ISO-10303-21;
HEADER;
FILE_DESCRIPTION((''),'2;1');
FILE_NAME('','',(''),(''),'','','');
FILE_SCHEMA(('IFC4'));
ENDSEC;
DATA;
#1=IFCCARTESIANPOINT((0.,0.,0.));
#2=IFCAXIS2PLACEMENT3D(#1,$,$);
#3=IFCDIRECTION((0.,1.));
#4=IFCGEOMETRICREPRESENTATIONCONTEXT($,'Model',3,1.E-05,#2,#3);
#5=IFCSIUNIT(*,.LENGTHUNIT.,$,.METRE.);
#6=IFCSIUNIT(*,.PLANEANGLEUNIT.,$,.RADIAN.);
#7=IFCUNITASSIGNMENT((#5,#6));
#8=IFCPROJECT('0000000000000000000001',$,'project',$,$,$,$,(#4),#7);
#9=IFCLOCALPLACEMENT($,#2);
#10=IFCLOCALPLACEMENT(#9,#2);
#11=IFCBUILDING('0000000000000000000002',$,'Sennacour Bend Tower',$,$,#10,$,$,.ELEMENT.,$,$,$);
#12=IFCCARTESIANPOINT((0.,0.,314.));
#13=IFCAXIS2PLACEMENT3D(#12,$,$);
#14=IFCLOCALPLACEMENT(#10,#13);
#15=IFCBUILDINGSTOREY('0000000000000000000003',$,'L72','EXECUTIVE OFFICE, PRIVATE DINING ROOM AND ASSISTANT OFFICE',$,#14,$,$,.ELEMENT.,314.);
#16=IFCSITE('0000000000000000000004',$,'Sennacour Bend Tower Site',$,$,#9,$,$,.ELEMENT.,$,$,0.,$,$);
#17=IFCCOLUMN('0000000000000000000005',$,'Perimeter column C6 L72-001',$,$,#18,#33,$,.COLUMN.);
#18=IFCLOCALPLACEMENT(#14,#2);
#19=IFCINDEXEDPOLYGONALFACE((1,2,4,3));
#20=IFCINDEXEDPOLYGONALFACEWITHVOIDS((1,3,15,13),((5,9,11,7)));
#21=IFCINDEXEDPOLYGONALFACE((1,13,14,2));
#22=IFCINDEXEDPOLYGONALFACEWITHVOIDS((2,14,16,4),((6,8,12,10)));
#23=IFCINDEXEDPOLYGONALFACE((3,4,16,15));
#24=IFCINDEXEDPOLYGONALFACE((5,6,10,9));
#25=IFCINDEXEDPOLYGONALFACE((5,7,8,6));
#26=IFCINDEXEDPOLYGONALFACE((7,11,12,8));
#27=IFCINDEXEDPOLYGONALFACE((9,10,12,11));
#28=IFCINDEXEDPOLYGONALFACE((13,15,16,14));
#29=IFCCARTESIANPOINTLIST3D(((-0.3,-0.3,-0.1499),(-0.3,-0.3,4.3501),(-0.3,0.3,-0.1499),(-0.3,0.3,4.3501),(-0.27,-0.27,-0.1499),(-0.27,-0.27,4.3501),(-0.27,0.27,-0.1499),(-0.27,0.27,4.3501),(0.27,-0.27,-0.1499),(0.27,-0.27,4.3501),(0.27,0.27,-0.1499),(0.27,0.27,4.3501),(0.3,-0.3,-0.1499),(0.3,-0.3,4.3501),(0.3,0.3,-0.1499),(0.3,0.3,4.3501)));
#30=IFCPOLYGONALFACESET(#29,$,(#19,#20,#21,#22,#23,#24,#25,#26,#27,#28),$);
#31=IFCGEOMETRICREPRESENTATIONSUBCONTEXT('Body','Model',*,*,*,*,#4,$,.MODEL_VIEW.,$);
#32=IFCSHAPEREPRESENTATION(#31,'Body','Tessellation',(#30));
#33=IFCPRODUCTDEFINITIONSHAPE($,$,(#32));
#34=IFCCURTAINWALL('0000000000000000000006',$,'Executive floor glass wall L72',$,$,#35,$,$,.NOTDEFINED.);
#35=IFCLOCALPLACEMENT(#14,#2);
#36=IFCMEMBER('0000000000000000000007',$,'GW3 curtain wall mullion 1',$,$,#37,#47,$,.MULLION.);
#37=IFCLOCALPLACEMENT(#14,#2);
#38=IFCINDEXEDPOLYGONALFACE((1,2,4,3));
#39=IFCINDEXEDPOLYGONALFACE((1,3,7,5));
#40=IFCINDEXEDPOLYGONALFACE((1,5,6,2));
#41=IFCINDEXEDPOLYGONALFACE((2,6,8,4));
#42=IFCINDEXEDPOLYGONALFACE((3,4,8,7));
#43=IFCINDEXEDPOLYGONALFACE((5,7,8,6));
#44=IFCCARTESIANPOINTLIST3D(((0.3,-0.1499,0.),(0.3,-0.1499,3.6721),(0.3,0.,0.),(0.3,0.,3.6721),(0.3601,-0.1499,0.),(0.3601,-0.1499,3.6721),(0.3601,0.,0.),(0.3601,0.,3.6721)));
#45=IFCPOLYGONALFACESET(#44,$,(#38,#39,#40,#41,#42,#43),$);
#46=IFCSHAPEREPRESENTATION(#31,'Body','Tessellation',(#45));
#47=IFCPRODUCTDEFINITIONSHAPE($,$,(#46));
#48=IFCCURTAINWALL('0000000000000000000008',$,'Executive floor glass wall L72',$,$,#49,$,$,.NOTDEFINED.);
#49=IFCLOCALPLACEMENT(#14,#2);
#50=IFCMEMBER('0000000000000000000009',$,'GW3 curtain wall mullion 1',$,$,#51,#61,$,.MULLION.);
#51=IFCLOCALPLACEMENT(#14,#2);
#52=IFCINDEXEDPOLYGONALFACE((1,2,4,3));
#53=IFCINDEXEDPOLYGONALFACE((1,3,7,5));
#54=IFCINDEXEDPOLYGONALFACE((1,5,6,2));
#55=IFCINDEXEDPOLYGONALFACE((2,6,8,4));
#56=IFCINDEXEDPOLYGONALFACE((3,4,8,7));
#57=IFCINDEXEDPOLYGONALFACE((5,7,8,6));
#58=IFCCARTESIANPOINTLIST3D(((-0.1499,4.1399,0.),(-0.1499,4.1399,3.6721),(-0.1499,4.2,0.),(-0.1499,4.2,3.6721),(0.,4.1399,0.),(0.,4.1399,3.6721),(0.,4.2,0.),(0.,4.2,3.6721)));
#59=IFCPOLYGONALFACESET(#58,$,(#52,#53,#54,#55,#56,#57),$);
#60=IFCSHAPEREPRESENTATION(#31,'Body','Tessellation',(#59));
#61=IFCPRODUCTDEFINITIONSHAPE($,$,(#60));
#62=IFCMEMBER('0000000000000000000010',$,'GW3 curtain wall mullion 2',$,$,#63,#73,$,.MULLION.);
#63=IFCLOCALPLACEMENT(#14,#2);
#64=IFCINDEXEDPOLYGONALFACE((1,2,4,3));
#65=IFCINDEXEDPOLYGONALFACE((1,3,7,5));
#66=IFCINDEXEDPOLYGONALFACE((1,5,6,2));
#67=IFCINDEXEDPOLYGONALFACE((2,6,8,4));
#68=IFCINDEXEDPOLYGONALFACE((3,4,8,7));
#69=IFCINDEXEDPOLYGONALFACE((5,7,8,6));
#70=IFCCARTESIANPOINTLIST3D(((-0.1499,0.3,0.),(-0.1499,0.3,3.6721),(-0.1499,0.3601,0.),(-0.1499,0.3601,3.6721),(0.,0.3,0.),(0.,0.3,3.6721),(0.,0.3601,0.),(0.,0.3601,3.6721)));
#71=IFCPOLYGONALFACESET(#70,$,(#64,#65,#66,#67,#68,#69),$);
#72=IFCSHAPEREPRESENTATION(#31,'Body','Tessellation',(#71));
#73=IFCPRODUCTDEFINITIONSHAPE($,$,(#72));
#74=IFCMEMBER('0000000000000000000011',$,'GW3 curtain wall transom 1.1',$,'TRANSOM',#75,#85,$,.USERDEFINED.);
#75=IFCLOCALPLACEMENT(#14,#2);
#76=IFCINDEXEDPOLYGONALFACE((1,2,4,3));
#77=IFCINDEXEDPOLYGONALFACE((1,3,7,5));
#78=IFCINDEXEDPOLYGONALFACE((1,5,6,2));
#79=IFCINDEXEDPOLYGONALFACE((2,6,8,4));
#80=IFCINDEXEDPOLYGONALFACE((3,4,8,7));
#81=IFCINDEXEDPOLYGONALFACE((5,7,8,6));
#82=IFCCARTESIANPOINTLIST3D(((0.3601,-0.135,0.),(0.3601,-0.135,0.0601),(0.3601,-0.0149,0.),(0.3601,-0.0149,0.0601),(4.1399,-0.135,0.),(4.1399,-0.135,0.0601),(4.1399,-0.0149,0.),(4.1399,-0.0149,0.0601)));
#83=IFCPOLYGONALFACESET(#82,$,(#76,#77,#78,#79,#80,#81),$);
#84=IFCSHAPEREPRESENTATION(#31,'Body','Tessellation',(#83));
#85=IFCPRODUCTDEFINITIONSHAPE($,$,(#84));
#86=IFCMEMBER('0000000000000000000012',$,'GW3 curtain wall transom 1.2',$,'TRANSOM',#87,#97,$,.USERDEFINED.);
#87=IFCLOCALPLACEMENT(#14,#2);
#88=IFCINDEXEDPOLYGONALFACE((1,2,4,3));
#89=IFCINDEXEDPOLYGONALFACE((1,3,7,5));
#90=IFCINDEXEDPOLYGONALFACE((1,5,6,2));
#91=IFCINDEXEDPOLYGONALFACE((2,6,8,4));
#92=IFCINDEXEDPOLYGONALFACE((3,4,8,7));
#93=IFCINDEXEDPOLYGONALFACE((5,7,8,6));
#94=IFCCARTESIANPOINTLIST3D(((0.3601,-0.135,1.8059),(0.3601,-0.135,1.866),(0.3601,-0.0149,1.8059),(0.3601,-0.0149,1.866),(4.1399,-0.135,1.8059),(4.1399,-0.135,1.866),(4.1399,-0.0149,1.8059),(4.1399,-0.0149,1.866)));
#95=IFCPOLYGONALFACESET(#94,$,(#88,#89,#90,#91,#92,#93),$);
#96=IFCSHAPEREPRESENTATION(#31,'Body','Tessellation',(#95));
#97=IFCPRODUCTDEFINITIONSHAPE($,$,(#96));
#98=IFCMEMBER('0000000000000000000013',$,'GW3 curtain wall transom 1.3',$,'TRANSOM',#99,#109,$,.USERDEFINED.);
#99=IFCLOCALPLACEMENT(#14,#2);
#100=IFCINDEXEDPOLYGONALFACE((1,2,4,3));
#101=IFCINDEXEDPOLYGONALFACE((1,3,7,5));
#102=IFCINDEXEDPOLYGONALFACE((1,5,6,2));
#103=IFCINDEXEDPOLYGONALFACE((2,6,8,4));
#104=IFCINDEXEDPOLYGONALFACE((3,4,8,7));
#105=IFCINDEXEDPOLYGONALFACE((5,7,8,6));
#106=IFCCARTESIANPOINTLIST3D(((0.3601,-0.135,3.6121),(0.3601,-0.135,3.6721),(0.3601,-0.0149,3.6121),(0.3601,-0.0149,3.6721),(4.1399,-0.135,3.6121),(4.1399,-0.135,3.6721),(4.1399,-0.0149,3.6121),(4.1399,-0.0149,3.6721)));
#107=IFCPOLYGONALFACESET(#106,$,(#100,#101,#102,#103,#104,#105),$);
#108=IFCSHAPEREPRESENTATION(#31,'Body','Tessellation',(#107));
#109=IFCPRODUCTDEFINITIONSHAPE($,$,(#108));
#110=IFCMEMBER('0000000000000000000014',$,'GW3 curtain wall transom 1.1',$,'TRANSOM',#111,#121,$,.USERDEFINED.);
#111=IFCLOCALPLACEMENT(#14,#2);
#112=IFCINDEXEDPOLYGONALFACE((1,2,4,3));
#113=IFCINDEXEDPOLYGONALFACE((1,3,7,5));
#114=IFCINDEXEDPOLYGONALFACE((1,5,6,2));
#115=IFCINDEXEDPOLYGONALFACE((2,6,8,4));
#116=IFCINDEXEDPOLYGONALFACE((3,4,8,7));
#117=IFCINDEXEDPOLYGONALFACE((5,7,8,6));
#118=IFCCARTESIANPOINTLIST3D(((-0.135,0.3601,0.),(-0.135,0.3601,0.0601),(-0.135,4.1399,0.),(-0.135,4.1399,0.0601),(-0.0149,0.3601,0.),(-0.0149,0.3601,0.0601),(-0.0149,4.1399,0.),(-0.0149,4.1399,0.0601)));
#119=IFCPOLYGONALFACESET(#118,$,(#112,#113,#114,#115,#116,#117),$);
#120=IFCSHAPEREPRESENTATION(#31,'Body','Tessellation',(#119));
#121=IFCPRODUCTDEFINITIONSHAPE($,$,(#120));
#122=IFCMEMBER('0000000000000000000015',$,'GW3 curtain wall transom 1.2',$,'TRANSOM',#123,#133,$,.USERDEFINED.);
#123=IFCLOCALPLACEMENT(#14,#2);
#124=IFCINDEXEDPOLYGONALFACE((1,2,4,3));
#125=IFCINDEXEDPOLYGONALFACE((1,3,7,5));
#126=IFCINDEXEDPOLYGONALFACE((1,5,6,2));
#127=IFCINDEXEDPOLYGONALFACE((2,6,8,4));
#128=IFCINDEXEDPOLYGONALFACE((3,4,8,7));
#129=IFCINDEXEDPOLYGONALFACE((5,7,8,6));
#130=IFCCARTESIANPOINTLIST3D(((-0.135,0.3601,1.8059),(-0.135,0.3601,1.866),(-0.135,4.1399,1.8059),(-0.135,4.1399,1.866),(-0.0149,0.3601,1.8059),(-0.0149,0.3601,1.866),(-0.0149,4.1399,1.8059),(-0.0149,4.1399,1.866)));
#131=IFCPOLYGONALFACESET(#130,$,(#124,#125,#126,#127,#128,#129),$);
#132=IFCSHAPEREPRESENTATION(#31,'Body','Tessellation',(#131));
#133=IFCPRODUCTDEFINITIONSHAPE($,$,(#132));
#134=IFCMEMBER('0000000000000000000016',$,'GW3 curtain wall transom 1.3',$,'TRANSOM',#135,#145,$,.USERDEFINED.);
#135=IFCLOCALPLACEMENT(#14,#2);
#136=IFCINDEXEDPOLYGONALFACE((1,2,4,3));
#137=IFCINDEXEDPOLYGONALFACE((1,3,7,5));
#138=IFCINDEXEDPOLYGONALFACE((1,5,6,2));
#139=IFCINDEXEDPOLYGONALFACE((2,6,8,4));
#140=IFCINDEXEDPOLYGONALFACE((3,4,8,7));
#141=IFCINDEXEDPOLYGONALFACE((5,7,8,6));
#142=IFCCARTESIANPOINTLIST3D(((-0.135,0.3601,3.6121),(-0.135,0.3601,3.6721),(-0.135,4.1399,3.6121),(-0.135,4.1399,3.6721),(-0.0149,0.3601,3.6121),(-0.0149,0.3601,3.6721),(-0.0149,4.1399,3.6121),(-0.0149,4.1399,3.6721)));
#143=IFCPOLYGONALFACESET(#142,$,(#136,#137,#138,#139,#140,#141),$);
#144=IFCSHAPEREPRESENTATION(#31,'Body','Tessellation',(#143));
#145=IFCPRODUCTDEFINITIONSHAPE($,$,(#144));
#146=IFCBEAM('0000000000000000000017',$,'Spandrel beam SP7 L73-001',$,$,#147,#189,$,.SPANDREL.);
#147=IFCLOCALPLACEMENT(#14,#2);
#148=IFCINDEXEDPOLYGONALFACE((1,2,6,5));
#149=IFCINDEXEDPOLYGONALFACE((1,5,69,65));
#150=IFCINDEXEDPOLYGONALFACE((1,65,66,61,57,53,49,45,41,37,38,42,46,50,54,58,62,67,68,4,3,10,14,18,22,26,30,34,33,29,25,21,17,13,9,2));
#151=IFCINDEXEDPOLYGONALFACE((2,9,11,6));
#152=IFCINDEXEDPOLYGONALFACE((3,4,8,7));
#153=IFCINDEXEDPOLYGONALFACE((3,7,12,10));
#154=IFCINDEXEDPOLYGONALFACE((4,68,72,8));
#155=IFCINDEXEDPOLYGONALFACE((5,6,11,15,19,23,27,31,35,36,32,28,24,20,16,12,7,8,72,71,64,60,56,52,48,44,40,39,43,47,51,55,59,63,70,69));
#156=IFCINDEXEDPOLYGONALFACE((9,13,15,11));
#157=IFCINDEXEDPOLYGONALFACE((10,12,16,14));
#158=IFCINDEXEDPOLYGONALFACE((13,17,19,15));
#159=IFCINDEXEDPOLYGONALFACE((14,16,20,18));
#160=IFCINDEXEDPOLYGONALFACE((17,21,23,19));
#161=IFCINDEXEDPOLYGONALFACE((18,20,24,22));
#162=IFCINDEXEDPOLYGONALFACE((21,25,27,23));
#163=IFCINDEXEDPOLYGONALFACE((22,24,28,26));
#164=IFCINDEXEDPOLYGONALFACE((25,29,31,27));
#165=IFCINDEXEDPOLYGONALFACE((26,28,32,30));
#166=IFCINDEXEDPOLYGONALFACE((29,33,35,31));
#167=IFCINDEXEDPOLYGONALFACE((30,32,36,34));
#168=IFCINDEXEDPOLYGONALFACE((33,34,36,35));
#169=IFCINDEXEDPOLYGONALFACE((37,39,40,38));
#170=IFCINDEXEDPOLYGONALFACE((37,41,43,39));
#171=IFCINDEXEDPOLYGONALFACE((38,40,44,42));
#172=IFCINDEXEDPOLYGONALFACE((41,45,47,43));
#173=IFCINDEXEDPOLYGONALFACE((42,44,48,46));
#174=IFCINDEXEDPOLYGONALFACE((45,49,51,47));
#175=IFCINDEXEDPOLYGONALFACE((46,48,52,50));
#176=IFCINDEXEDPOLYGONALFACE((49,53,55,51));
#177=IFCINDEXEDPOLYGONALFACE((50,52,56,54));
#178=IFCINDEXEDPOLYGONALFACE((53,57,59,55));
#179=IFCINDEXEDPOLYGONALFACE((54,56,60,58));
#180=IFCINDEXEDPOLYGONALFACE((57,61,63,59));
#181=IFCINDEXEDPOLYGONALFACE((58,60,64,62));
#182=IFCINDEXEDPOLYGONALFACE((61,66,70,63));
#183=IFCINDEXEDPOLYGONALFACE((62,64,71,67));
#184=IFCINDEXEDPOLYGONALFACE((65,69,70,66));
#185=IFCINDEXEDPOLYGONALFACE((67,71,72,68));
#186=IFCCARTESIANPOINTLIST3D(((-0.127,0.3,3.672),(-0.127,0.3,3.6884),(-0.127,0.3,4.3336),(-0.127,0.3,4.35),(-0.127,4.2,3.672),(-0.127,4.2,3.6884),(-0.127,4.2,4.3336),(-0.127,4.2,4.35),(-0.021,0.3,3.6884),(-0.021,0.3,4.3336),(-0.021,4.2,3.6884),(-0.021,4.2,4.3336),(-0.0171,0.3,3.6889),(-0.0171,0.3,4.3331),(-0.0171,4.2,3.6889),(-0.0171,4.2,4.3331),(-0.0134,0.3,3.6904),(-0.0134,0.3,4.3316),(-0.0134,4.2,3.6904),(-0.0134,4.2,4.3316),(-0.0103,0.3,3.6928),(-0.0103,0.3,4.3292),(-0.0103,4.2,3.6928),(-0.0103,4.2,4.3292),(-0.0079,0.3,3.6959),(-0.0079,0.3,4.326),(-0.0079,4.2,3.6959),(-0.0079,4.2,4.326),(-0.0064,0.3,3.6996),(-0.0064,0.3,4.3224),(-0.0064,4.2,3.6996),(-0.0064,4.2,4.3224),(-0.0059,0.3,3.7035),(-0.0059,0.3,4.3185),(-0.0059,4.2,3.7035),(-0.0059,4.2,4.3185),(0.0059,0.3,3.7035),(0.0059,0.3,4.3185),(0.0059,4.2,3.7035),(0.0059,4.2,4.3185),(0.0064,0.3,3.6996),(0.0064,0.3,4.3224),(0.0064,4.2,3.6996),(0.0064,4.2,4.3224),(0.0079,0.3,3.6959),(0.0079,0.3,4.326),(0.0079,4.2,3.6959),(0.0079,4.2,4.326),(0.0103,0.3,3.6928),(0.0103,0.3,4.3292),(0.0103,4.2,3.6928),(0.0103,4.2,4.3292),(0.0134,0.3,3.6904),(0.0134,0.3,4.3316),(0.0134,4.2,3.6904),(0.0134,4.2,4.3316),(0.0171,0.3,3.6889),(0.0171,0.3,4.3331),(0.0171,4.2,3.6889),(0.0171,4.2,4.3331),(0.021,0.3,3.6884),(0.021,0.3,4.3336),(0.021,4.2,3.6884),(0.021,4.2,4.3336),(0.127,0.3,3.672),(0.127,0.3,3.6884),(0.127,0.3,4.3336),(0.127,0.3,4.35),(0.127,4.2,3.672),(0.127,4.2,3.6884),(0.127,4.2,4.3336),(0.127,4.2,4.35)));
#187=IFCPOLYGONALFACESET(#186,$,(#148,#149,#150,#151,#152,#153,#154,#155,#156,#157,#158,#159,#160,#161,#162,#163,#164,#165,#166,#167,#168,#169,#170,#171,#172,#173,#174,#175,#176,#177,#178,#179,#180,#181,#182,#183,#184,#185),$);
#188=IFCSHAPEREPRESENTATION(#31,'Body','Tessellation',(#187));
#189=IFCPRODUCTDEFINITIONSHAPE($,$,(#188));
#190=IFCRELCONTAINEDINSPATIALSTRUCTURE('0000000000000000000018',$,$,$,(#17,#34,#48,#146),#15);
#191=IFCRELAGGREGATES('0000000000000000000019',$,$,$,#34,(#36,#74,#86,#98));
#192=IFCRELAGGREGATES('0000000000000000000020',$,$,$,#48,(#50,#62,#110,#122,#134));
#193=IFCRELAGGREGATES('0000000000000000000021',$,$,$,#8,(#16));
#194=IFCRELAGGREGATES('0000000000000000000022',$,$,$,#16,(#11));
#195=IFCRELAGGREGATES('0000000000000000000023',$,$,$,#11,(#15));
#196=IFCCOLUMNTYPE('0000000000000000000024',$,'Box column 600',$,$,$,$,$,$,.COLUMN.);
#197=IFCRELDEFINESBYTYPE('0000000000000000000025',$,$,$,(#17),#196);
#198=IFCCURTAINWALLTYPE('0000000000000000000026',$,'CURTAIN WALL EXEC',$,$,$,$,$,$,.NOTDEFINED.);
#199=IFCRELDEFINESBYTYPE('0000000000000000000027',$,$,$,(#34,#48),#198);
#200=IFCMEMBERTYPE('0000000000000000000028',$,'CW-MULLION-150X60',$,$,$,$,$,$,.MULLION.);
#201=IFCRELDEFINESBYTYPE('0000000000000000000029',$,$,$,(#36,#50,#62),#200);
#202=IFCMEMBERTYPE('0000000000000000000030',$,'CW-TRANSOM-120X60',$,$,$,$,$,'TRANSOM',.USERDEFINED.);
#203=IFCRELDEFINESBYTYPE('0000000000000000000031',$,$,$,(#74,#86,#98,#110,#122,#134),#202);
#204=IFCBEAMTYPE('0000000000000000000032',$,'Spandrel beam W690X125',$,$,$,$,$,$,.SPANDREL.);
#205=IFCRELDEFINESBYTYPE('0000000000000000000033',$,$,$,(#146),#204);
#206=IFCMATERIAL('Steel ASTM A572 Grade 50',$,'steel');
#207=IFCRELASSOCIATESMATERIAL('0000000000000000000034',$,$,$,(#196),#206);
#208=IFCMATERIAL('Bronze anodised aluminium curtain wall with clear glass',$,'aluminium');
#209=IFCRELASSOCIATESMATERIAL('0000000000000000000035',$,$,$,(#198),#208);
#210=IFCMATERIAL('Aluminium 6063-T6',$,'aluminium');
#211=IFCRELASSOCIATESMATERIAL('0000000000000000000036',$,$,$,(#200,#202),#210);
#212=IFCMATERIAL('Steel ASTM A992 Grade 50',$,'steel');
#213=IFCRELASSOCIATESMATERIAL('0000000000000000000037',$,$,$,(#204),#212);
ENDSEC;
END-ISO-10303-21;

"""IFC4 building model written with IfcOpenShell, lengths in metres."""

from ifc_helpers import new_model, si_unit, direction, frame, origin, origin_2d, place, context, subcontext, project, spatial, rectangle, hollow_rectangle, i_section, extrude, material, material_profile, profile_set, type_object, element, aggregate, save


model = new_model("IFC4")

# Units and contexts
model_context = context("Model", 3, precision=1e-05, world=origin(), true_north=direction((0.0, 1.0)))
body_context = subcontext(model_context, "Body", "Model", "MODEL_VIEW")
ifc_project = project(units=[si_unit("LENGTHUNIT", "METRE"), si_unit("PLANEANGLEUNIT", "RADIAN")], contexts=[model_context])

# Site, building, storey
site_placement = place(None, origin())
site = spatial("IfcSite", under=ifc_project, at=site_placement, Name="Sennacour Bend Tower Site", CompositionType="ELEMENT", RefElevation=0.0)
building_placement = place(site_placement, origin())
building = spatial("IfcBuilding", under=site, at=building_placement, Name="Sennacour Bend Tower", CompositionType="ELEMENT")
storey_placement = place(building_placement, frame((0.0, 0.0, 314.0)))
storey = spatial("IfcBuildingStorey", under=building, at=storey_placement, Name="L72", Description="EXECUTIVE OFFICE, PRIVATE DINING ROOM AND ASSISTANT OFFICE", CompositionType="ELEMENT", Elevation=314.0)

# Column
ifc_material_1 = material(Name="Steel ASTM A572 Grade 50", Category="steel")
ifc_material_profile_1 = material_profile(ifc_material_1, hollow_rectangle(XDim=0.6001, YDim=0.6001, WallThickness=0.03, at=origin_2d()), Name="Steel ASTM A572 Grade 50", Category="steel")
ifc_profile_set_1 = profile_set([ifc_material_profile_1], Name="Steel ASTM A572 Grade 50")
column_type = type_object("IfcColumnType", Name="Box column 600", PredefinedType="COLUMN", material=ifc_profile_set_1)
column_placement = place(storey_placement, frame((0.0, 0.0, -0.1499), z_axis=(0.0, 0.0, 1.0), x_axis=(1.0, 0.0, 0.0)))
element("IfcColumn", 1, at=column_placement, inside=storey, type_object=column_type, Name="Perimeter column C6 L72-001", PredefinedType="COLUMN", context=body_context, shape_type="SweptSolid", body=[
    extrude(hollow_rectangle(XDim=0.6001, YDim=0.6001, WallThickness=0.03, at=origin_2d()), origin(), (0.0, 0.0, 1.0), 4.5),
])

# Curtain wall, member
ifc_material_2 = material(Name="Bronze anodised aluminium curtain wall with clear glass", Category="aluminium")
curtain_wall_type = type_object("IfcCurtainWallType", Name="CURTAIN WALL EXEC", PredefinedType="NOTDEFINED", material=ifc_material_2)
curtain_wall_1_placement = place(storey_placement, origin())
curtain_wall_1 = element("IfcCurtainWall", 2, at=curtain_wall_1_placement, inside=storey, type_object=curtain_wall_type, Name="Executive floor glass wall L72", PredefinedType="NOTDEFINED")
ifc_material_3 = material(Name="Aluminium 6063-T6", Category="aluminium")
ifc_material_profile_2 = material_profile(ifc_material_3, rectangle(XDim=0.1499, YDim=0.0601, at=origin_2d()), Name="Aluminium 6063-T6", Category="aluminium")
ifc_profile_set_2 = profile_set([ifc_material_profile_2], Name="Aluminium 6063-T6")
member_type_1 = type_object("IfcMemberType", Name="CW-MULLION-150X60", PredefinedType="MULLION", material=ifc_profile_set_2)
member_1_placement = place(storey_placement, frame((0.3301, -0.075, 0.0), z_axis=(0.0, 0.0, 1.0), x_axis=(0.0, 1.0, 0.0)))
member_1 = element("IfcMember", 3, at=member_1_placement, type_object=member_type_1, Name="GW3 curtain wall mullion 1", PredefinedType="MULLION", context=body_context, shape_type="SweptSolid", body=[
    extrude(rectangle(XDim=0.1499, YDim=0.0601, at=origin_2d()), origin(), (0.0, 0.0, 1.0), 3.6721),
])

# Curtain wall, members
curtain_wall_2_placement = place(storey_placement, origin())
curtain_wall_2 = element("IfcCurtainWall", 4, at=curtain_wall_2_placement, inside=storey, type_object=curtain_wall_type, Name="Executive floor glass wall L72", PredefinedType="NOTDEFINED")
member_2_placement = place(storey_placement, frame((-0.075, 4.1699, 0.0), z_axis=(0.0, 0.0, 1.0), x_axis=(1.0, 0.0, 0.0)))
member_2 = element("IfcMember", 5, at=member_2_placement, type_object=member_type_1, Name="GW3 curtain wall mullion 1", PredefinedType="MULLION", context=body_context, shape_type="SweptSolid", body=[
    extrude(rectangle(XDim=0.1499, YDim=0.0601, at=origin_2d()), origin(), (0.0, 0.0, 1.0), 3.6721),
])
member_3_placement = place(storey_placement, frame((-0.075, 0.3301, 0.0), z_axis=(0.0, 0.0, 1.0), x_axis=(1.0, 0.0, 0.0)))
member_3 = element("IfcMember", 6, at=member_3_placement, type_object=member_type_1, Name="GW3 curtain wall mullion 2", PredefinedType="MULLION", context=body_context, shape_type="SweptSolid", body=[
    extrude(rectangle(XDim=0.1499, YDim=0.0601, at=origin_2d()), origin(), (0.0, 0.0, 1.0), 3.6721),
])

# Members
ifc_material_profile_3 = material_profile(ifc_material_3, rectangle(XDim=0.1201, YDim=0.0601, at=origin_2d()), Name="Aluminium 6063-T6", Category="aluminium")
ifc_profile_set_3 = profile_set([ifc_material_profile_3], Name="Aluminium 6063-T6")
member_type_2 = type_object("IfcMemberType", Name="CW-TRANSOM-120X60", ElementType="TRANSOM", PredefinedType="USERDEFINED", material=ifc_profile_set_3)
member_4_placement = place(storey_placement, frame((0.3601, -0.075, 0.03), z_axis=(1.0, 0.0, 0.0), x_axis=(0.0, 1.0, 0.0)))
member_4 = element("IfcMember", 7, at=member_4_placement, type_object=member_type_2, Name="GW3 curtain wall transom 1.1", ObjectType="TRANSOM", PredefinedType="USERDEFINED", context=body_context, shape_type="SweptSolid", body=[
    extrude(rectangle(XDim=0.1201, YDim=0.0601, at=origin_2d()), origin(), (0.0, 0.0, 1.0), 3.7798),
])
member_5_placement = place(storey_placement, frame((0.3601, -0.075, 1.8359), z_axis=(1.0, 0.0, 0.0), x_axis=(0.0, 1.0, 0.0)))
member_5 = element("IfcMember", 8, at=member_5_placement, type_object=member_type_2, Name="GW3 curtain wall transom 1.2", ObjectType="TRANSOM", PredefinedType="USERDEFINED", context=body_context, shape_type="SweptSolid", body=[
    extrude(rectangle(XDim=0.1201, YDim=0.0601, at=origin_2d()), origin(), (0.0, 0.0, 1.0), 3.7798),
])
member_6_placement = place(storey_placement, frame((0.3601, -0.075, 3.6421), z_axis=(1.0, 0.0, 0.0), x_axis=(0.0, 1.0, 0.0)))
member_6 = element("IfcMember", 9, at=member_6_placement, type_object=member_type_2, Name="GW3 curtain wall transom 1.3", ObjectType="TRANSOM", PredefinedType="USERDEFINED", context=body_context, shape_type="SweptSolid", body=[
    extrude(rectangle(XDim=0.1201, YDim=0.0601, at=origin_2d()), origin(), (0.0, 0.0, 1.0), 3.7798),
])
aggregate(curtain_wall_1, [member_1, member_4, member_5, member_6])
member_7_placement = place(storey_placement, frame((-0.075, 4.1399, 0.03), z_axis=(0.0, -1.0, 0.0), x_axis=(1.0, 0.0, 0.0)))
member_7 = element("IfcMember", 10, at=member_7_placement, type_object=member_type_2, Name="GW3 curtain wall transom 1.1", ObjectType="TRANSOM", PredefinedType="USERDEFINED", context=body_context, shape_type="SweptSolid", body=[
    extrude(rectangle(XDim=0.1201, YDim=0.0601, at=origin_2d()), origin(), (0.0, 0.0, 1.0), 3.7798),
])
member_8_placement = place(storey_placement, frame((-0.075, 4.1399, 1.8359), z_axis=(0.0, -1.0, 0.0), x_axis=(1.0, 0.0, 0.0)))
member_8 = element("IfcMember", 11, at=member_8_placement, type_object=member_type_2, Name="GW3 curtain wall transom 1.2", ObjectType="TRANSOM", PredefinedType="USERDEFINED", context=body_context, shape_type="SweptSolid", body=[
    extrude(rectangle(XDim=0.1201, YDim=0.0601, at=origin_2d()), origin(), (0.0, 0.0, 1.0), 3.7798),
])
member_9_placement = place(storey_placement, frame((-0.075, 4.1399, 3.6421), z_axis=(0.0, -1.0, 0.0), x_axis=(1.0, 0.0, 0.0)))
member_9 = element("IfcMember", 12, at=member_9_placement, type_object=member_type_2, Name="GW3 curtain wall transom 1.3", ObjectType="TRANSOM", PredefinedType="USERDEFINED", context=body_context, shape_type="SweptSolid", body=[
    extrude(rectangle(XDim=0.1201, YDim=0.0601, at=origin_2d()), origin(), (0.0, 0.0, 1.0), 3.7798),
])

# Beam
ifc_material_4 = material(Name="Steel ASTM A992 Grade 50", Category="steel")
ifc_material_profile_4 = material_profile(ifc_material_4, i_section(OverallWidth=0.2539, OverallDepth=0.678, WebThickness=0.0117, FlangeThickness=0.0164, FilletRadius=0.0151, at=origin_2d()), Name="Steel ASTM A992 Grade 50", Category="steel")
ifc_profile_set_4 = profile_set([ifc_material_profile_4], Name="Steel ASTM A992 Grade 50")
beam_type = type_object("IfcBeamType", Name="Spandrel beam W690X125", PredefinedType="SPANDREL", material=ifc_profile_set_4)
beam_placement = place(storey_placement, frame((0.0, 0.3, 4.011), z_axis=(0.0, 1.0, 0.0), x_axis=(-1.0, 0.0, 0.0)))
element("IfcBeam", 13, at=beam_placement, inside=storey, type_object=beam_type, Name="Spandrel beam SP7 L73-001", PredefinedType="SPANDREL", context=body_context, shape_type="SweptSolid", body=[
    extrude(i_section(OverallWidth=0.2539, OverallDepth=0.678, WebThickness=0.0117, FlangeThickness=0.0164, FilletRadius=0.0151, at=origin_2d()), origin(), (0.0, 0.0, 1.0), 3.8999),
])

aggregate(curtain_wall_2, [member_2, member_3, member_7, member_8, member_9])

save(model, "model.ifc")
